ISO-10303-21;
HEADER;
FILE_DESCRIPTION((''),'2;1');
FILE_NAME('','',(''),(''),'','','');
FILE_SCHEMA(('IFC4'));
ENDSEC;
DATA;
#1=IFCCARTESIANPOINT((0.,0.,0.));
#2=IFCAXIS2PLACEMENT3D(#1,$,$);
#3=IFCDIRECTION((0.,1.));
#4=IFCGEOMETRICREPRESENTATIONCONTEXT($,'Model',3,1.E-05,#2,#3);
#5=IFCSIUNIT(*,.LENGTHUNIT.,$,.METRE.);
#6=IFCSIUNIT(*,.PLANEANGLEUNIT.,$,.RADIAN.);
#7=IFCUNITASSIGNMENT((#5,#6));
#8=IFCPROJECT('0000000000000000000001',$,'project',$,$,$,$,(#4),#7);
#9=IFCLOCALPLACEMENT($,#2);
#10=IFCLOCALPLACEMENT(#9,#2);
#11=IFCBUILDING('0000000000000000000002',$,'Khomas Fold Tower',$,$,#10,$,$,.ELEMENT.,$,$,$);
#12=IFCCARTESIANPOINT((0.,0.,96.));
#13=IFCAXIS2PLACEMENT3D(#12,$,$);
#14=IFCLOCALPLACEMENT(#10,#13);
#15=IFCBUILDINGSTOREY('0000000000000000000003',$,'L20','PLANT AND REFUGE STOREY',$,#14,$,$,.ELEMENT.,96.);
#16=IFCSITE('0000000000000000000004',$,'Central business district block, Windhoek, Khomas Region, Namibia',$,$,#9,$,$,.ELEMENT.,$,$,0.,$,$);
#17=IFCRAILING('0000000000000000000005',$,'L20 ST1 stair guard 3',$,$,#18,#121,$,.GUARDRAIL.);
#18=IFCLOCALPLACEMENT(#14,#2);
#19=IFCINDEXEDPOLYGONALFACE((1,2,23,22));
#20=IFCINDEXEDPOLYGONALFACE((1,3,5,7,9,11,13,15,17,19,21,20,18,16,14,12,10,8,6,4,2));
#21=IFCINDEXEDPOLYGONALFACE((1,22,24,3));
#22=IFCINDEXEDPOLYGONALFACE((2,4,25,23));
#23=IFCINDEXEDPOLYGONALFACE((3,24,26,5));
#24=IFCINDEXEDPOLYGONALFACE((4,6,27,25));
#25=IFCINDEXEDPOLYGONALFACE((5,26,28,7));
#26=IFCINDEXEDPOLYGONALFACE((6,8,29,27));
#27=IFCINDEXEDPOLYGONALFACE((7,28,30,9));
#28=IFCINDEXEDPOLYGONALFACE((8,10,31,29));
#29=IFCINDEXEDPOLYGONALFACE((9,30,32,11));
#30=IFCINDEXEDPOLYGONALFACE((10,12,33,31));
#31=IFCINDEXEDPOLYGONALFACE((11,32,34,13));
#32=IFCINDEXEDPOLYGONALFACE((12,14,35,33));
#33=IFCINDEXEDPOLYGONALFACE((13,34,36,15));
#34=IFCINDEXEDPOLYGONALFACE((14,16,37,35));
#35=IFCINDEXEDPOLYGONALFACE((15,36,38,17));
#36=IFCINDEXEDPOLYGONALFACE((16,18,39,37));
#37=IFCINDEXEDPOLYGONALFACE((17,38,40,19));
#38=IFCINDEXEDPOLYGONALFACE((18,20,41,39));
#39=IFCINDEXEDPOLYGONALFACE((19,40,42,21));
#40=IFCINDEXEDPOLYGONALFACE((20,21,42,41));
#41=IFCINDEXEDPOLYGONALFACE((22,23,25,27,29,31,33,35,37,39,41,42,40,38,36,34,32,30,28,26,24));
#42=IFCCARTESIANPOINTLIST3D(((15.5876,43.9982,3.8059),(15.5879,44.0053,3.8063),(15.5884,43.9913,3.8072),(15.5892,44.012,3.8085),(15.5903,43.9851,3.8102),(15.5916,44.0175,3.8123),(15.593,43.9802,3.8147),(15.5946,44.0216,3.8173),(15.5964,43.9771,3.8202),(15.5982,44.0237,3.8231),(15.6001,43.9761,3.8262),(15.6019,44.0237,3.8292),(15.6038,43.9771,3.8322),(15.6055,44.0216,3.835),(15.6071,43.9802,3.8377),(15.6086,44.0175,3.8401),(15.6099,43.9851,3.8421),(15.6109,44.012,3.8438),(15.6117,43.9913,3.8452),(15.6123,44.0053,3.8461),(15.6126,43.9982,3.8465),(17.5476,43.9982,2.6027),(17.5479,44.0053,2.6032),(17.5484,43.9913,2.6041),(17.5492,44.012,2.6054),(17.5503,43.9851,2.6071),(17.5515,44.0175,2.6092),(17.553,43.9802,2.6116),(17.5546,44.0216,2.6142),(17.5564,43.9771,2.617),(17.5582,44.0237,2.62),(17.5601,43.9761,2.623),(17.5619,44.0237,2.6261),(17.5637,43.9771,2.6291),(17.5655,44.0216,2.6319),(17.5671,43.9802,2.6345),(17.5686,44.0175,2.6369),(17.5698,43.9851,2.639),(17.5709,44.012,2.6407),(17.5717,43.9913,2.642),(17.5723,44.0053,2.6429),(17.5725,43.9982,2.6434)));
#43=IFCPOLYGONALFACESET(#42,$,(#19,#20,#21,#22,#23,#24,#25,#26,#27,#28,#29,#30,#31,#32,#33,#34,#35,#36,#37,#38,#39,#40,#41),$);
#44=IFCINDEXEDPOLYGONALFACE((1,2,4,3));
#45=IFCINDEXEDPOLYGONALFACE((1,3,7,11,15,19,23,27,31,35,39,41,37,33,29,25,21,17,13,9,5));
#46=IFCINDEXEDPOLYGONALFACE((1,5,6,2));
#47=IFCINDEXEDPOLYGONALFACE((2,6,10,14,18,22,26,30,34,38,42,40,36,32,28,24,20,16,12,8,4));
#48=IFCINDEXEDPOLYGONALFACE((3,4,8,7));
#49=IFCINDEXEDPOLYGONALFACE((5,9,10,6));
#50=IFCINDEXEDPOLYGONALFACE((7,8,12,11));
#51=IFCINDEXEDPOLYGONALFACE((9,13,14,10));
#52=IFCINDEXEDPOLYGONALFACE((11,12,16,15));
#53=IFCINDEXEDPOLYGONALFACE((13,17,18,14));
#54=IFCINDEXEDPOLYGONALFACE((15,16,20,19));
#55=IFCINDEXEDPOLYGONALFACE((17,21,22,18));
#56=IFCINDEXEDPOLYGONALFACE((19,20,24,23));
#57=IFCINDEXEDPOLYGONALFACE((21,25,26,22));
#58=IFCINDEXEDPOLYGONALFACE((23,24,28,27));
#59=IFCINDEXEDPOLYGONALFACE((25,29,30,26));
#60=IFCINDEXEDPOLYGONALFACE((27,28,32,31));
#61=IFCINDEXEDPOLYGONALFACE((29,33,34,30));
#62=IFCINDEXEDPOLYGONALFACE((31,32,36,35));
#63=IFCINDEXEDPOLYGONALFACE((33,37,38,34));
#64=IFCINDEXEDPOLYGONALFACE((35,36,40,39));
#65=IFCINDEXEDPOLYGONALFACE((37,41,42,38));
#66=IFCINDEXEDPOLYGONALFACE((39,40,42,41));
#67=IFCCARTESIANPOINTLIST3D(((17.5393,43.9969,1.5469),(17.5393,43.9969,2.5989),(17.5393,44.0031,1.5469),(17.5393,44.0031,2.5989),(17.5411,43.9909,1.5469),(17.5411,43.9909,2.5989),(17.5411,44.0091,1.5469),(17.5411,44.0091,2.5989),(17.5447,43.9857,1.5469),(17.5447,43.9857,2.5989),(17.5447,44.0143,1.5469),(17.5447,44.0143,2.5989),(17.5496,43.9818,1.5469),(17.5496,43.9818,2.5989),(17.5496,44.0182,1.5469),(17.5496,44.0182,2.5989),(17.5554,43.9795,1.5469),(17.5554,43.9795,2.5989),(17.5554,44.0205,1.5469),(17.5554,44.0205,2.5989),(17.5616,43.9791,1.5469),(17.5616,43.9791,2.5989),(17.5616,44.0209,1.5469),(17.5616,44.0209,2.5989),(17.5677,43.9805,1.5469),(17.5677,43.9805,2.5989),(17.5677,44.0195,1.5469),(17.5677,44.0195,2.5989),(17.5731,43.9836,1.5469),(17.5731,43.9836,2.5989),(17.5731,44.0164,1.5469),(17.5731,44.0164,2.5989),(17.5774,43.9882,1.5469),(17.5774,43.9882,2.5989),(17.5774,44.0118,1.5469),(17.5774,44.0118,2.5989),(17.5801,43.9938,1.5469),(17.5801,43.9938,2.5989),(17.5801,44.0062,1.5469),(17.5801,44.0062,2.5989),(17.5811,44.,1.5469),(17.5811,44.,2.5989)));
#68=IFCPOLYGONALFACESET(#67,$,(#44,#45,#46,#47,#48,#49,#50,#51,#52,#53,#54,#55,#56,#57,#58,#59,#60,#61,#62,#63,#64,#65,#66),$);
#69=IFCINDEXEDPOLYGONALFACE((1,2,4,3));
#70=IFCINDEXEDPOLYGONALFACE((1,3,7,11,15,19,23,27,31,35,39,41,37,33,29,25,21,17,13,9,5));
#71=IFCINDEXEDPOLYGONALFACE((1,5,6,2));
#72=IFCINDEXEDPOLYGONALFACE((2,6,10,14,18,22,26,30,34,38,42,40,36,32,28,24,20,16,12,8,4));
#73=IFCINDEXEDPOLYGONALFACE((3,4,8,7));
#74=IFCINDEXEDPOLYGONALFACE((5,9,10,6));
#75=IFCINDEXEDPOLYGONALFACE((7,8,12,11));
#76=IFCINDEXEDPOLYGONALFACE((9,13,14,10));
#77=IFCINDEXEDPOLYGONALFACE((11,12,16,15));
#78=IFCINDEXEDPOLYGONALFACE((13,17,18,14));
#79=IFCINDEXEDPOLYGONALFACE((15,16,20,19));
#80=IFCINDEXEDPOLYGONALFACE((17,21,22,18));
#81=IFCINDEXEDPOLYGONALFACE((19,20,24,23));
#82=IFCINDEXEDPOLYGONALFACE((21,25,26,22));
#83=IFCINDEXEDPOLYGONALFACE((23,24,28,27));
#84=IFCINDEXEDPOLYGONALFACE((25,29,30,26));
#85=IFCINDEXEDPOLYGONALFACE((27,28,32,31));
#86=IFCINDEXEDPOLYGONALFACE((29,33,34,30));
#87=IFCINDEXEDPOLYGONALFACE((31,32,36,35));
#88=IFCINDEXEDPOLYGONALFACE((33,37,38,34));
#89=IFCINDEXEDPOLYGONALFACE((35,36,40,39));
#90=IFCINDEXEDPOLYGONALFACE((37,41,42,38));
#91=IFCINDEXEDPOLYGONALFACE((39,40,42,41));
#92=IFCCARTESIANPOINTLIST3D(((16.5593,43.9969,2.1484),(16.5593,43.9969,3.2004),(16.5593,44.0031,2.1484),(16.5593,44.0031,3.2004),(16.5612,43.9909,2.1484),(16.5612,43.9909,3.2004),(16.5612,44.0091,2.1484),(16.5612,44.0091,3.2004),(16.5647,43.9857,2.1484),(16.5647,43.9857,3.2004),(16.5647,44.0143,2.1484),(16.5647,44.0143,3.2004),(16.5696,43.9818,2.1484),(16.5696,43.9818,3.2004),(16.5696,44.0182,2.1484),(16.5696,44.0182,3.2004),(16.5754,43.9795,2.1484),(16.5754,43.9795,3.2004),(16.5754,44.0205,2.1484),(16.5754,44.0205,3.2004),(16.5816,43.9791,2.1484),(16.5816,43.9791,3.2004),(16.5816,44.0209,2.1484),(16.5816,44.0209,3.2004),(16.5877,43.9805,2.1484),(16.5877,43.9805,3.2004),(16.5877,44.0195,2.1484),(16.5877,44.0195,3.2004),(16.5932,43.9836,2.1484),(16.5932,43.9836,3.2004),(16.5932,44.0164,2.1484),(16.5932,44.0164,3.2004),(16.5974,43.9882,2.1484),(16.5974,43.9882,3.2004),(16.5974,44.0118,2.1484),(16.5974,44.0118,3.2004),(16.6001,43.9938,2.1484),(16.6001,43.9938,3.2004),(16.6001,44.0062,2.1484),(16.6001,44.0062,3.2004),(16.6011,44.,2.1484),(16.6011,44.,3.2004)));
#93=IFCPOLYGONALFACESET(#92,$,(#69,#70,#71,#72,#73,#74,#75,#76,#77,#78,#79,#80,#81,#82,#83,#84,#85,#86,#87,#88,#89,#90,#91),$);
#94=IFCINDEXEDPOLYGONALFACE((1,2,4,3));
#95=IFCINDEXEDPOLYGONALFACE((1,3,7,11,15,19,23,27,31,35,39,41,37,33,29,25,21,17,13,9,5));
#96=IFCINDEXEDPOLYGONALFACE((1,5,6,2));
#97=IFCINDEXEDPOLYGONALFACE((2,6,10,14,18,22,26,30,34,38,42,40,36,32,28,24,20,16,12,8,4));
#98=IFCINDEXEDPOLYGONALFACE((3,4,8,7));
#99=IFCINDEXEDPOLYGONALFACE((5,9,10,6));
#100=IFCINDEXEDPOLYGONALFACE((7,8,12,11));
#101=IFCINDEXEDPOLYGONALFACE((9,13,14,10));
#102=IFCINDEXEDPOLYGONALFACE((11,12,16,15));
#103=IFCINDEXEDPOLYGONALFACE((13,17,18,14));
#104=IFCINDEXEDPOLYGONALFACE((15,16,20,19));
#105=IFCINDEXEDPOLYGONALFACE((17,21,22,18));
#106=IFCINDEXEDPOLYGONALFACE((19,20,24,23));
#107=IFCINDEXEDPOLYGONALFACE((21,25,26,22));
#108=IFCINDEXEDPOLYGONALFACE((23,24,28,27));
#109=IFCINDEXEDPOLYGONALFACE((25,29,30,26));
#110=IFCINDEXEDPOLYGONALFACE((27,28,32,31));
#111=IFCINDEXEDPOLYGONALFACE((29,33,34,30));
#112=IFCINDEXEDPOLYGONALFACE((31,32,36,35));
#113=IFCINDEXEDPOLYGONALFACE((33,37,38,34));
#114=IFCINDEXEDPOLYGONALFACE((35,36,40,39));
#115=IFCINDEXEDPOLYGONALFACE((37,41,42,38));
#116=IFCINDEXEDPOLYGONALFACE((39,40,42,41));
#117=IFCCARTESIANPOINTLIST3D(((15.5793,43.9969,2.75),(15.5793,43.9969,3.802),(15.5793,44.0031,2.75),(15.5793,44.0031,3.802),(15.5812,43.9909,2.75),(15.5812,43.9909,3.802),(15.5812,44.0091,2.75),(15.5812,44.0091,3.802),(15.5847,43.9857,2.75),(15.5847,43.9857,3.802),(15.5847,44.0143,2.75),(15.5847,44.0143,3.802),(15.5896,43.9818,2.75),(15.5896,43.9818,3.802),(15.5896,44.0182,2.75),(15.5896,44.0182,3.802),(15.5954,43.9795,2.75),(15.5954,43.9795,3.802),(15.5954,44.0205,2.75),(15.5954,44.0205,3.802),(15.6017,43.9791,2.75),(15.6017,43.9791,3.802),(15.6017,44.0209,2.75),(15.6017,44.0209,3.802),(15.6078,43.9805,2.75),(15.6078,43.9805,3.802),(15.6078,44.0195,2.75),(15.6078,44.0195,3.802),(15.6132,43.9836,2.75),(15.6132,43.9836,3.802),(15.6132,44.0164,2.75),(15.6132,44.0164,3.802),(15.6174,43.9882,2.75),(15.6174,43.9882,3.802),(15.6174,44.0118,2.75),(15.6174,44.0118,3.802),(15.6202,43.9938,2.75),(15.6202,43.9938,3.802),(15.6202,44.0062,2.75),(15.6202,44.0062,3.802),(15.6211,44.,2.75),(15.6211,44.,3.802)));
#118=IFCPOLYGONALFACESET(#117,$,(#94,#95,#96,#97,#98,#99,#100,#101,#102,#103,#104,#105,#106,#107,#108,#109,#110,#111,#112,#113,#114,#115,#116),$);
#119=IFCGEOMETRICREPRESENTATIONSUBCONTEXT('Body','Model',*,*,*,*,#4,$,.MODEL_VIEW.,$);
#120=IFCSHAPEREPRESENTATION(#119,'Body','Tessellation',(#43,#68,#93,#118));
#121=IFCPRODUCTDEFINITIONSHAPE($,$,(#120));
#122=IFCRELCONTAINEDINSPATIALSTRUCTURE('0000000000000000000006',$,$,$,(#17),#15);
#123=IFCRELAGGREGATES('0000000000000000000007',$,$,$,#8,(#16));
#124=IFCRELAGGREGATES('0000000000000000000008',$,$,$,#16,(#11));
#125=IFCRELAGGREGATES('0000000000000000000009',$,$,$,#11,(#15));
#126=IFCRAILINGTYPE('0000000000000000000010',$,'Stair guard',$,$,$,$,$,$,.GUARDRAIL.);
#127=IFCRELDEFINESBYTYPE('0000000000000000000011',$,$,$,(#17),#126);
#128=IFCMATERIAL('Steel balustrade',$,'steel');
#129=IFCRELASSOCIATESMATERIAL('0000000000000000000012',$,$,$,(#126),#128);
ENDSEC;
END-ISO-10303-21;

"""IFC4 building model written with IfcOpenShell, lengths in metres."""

from ifc_helpers import new_model, si_unit, direction, frame, origin, origin_2d, place, context, subcontext, project, spatial, circle, extrude, source, transform, mapped, material, type_object, element, save


model = new_model("IFC4")

# Units and contexts
model_context = context("Model", 3, precision=1e-05, world=origin(), true_north=direction((0.0, 1.0)))
body_context = subcontext(model_context, "Body", "Model", "MODEL_VIEW")
ifc_project = project(units=[si_unit("LENGTHUNIT", "METRE"), si_unit("PLANEANGLEUNIT", "RADIAN")], contexts=[model_context])

# Site, building, storey
site_placement = place(None, origin())
site = spatial("IfcSite", under=ifc_project, at=site_placement, Name="Central business district block, Windhoek, Khomas Region, Namibia", CompositionType="ELEMENT", RefElevation=0.0)
building_placement = place(site_placement, origin())
building = spatial("IfcBuilding", under=site, at=building_placement, Name="Khomas Fold Tower", CompositionType="ELEMENT")
storey_placement = place(building_placement, frame((0.0, 0.0, 96.0)))
storey = spatial("IfcBuildingStorey", under=building, at=storey_placement, Name="L20", Description="PLANT AND REFUGE STOREY", CompositionType="ELEMENT", Elevation=96.0)

# Railing
ifc_material_1 = material(Name="Steel balustrade", Category="steel")
railing_type_1 = type_object("IfcRailingType", Name="Stair guard", PredefinedType="GUARDRAIL", material=ifc_material_1)
shared_shape_1 = source(origin(), body_context, "Body", "SweptSolid", [
    extrude(circle(Radius=0.0239, at=origin_2d()), frame((0.0, 0.0, 1.0762), z_axis=(-0.852241, 0.0, 0.523149), x_axis=(0.0, -1.0, 0.0)), (0.0, 0.0, 1.0), 2.2998),
    extrude(circle(Radius=0.021, at=origin_2d()), origin(), (0.0, 0.0, 1.0), 1.052),
    extrude(circle(Radius=0.021, at=origin_2d()), frame((-0.98, 0.0, 0.6016)), (0.0, 0.0, 1.0), 1.052),
    extrude(circle(Radius=0.021, at=origin_2d()), frame((-1.96, 0.0, 1.2031)), (0.0, 0.0, 1.0), 1.052),
])
for number, where, name in (
    (1, (17.5601, 44.0, 1.5469), "L20 ST1 stair guard 3"),
):
    element("IfcRailing", number, at=place(storey_placement, frame(where)), inside=storey, type_object=railing_type_1, Name=name, PredefinedType="GUARDRAIL", context=body_context, shape_type="MappedRepresentation", body=[
        mapped(shared_shape_1, transform((0.0, 0.0, 0.0))),
    ])

save(model, "model.ifc")
